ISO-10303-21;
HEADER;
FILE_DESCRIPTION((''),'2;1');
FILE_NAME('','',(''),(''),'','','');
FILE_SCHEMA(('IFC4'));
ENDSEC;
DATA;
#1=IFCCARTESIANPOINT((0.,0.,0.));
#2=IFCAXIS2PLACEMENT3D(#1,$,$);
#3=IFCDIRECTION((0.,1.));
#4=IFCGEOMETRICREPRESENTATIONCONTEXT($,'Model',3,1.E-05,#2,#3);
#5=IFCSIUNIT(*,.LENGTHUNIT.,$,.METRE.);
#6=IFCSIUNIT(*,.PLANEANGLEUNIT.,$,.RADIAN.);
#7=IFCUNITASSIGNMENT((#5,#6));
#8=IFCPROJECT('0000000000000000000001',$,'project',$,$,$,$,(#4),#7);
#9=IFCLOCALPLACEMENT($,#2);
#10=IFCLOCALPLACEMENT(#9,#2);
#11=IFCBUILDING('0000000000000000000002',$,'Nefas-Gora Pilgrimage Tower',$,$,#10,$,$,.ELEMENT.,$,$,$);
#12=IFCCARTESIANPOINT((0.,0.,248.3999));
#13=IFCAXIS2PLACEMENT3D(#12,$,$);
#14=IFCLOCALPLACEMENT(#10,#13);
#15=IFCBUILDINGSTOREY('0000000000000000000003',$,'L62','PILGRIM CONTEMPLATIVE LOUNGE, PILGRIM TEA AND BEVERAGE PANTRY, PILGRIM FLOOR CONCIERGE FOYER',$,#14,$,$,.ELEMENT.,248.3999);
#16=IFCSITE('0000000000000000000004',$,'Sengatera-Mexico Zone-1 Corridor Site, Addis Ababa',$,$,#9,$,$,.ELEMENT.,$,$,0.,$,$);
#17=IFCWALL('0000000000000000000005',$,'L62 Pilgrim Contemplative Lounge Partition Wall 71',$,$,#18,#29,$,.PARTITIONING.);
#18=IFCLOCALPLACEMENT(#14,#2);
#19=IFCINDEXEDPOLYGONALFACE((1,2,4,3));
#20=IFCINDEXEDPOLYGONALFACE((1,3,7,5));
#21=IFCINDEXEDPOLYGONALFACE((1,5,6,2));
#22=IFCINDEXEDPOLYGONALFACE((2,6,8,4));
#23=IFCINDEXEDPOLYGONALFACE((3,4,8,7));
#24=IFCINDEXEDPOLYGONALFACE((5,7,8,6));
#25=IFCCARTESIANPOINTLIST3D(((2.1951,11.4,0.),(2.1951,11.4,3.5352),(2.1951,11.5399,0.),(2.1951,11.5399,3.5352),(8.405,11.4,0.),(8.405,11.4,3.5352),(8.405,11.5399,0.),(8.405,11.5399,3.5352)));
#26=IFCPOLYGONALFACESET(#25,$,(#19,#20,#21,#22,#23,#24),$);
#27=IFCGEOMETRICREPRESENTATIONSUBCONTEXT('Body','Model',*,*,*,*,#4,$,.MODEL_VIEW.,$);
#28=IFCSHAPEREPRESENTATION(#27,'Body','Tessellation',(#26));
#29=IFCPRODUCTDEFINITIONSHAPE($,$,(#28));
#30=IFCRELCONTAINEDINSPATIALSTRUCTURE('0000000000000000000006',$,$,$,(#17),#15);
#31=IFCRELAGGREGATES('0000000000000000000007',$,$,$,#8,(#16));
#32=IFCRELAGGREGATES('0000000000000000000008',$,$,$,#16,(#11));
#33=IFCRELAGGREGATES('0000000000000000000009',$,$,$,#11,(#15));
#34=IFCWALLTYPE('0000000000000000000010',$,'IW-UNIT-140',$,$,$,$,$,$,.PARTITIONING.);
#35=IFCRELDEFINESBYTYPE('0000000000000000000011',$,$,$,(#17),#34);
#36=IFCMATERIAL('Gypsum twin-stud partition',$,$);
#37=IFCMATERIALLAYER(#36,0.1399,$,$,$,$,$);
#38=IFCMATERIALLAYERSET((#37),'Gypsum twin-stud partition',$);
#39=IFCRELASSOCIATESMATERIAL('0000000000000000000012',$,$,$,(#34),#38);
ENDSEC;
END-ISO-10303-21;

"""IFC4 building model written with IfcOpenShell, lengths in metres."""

from ifc_helpers import new_model, si_unit, direction, frame, frame_2d, origin, place, context, subcontext, project, spatial, rectangle, extrude, source, transform, mapped, material, layer, layer_set, type_object, element, save


model = new_model("IFC4")

# Units and contexts
model_context = context("Model", 3, precision=1e-05, world=origin(), true_north=direction((0.0, 1.0)))
body_context = subcontext(model_context, "Body", "Model", "MODEL_VIEW")
ifc_project = project(units=[si_unit("LENGTHUNIT", "METRE"), si_unit("PLANEANGLEUNIT", "RADIAN")], contexts=[model_context])

# Site, building, storey
site_placement = place(None, origin())
site = spatial("IfcSite", under=ifc_project, at=site_placement, Name="Sengatera-Mexico Zone-1 Corridor Site, Addis Ababa", CompositionType="ELEMENT", RefElevation=0.0)
building_placement = place(site_placement, origin())
building = spatial("IfcBuilding", under=site, at=building_placement, Name="Nefas-Gora Pilgrimage Tower", CompositionType="ELEMENT")
storey_placement = place(building_placement, frame((0.0, 0.0, 248.3999)))
storey = spatial("IfcBuildingStorey", under=building, at=storey_placement, Name="L62", Description="PILGRIM CONTEMPLATIVE LOUNGE, PILGRIM TEA AND BEVERAGE PANTRY, PILGRIM FLOOR CONCIERGE FOYER", CompositionType="ELEMENT", Elevation=248.3999)

# Shared definitions
ifc_material_1 = material(Name="Gypsum twin-stud partition")
ifc_layer_1 = layer(ifc_material_1, 0.1399)
ifc_layer_set_1 = layer_set([ifc_layer_1], Name="Gypsum twin-stud partition")
wall_type_1 = type_object("IfcWallType", Name="IW-UNIT-140", PredefinedType="PARTITIONING", material=ifc_layer_set_1)

# Wall
shared_shape_1 = source(origin(), body_context, "Body", "SweptSolid", [
    extrude(rectangle(XDim=6.21, YDim=0.1399, at=frame_2d((3.105, 0.0))), origin(), (0.0, 0.0, 1.0), 3.5352),
])
wall_1_placement = place(storey_placement, frame((2.1951, 11.47, 0.0), z_axis=(0.0, 0.0, 1.0), x_axis=(1.0, 0.0, 0.0)))
element("IfcWall", 1, at=wall_1_placement, inside=storey, type_object=wall_type_1, Name="L62 Pilgrim Contemplative Lounge Partition Wall 71", PredefinedType="PARTITIONING", context=body_context, shape_type="MappedRepresentation", body=[
    mapped(shared_shape_1, transform((0.0, 0.0, 0.0), x_axis=(1.0, 0.0, 0.0), y_axis=(0.0, 1.0, 0.0), z_axis=(0.0, 0.0, 1.0), scale=1.0)),
])

save(model, "model.ifc")
